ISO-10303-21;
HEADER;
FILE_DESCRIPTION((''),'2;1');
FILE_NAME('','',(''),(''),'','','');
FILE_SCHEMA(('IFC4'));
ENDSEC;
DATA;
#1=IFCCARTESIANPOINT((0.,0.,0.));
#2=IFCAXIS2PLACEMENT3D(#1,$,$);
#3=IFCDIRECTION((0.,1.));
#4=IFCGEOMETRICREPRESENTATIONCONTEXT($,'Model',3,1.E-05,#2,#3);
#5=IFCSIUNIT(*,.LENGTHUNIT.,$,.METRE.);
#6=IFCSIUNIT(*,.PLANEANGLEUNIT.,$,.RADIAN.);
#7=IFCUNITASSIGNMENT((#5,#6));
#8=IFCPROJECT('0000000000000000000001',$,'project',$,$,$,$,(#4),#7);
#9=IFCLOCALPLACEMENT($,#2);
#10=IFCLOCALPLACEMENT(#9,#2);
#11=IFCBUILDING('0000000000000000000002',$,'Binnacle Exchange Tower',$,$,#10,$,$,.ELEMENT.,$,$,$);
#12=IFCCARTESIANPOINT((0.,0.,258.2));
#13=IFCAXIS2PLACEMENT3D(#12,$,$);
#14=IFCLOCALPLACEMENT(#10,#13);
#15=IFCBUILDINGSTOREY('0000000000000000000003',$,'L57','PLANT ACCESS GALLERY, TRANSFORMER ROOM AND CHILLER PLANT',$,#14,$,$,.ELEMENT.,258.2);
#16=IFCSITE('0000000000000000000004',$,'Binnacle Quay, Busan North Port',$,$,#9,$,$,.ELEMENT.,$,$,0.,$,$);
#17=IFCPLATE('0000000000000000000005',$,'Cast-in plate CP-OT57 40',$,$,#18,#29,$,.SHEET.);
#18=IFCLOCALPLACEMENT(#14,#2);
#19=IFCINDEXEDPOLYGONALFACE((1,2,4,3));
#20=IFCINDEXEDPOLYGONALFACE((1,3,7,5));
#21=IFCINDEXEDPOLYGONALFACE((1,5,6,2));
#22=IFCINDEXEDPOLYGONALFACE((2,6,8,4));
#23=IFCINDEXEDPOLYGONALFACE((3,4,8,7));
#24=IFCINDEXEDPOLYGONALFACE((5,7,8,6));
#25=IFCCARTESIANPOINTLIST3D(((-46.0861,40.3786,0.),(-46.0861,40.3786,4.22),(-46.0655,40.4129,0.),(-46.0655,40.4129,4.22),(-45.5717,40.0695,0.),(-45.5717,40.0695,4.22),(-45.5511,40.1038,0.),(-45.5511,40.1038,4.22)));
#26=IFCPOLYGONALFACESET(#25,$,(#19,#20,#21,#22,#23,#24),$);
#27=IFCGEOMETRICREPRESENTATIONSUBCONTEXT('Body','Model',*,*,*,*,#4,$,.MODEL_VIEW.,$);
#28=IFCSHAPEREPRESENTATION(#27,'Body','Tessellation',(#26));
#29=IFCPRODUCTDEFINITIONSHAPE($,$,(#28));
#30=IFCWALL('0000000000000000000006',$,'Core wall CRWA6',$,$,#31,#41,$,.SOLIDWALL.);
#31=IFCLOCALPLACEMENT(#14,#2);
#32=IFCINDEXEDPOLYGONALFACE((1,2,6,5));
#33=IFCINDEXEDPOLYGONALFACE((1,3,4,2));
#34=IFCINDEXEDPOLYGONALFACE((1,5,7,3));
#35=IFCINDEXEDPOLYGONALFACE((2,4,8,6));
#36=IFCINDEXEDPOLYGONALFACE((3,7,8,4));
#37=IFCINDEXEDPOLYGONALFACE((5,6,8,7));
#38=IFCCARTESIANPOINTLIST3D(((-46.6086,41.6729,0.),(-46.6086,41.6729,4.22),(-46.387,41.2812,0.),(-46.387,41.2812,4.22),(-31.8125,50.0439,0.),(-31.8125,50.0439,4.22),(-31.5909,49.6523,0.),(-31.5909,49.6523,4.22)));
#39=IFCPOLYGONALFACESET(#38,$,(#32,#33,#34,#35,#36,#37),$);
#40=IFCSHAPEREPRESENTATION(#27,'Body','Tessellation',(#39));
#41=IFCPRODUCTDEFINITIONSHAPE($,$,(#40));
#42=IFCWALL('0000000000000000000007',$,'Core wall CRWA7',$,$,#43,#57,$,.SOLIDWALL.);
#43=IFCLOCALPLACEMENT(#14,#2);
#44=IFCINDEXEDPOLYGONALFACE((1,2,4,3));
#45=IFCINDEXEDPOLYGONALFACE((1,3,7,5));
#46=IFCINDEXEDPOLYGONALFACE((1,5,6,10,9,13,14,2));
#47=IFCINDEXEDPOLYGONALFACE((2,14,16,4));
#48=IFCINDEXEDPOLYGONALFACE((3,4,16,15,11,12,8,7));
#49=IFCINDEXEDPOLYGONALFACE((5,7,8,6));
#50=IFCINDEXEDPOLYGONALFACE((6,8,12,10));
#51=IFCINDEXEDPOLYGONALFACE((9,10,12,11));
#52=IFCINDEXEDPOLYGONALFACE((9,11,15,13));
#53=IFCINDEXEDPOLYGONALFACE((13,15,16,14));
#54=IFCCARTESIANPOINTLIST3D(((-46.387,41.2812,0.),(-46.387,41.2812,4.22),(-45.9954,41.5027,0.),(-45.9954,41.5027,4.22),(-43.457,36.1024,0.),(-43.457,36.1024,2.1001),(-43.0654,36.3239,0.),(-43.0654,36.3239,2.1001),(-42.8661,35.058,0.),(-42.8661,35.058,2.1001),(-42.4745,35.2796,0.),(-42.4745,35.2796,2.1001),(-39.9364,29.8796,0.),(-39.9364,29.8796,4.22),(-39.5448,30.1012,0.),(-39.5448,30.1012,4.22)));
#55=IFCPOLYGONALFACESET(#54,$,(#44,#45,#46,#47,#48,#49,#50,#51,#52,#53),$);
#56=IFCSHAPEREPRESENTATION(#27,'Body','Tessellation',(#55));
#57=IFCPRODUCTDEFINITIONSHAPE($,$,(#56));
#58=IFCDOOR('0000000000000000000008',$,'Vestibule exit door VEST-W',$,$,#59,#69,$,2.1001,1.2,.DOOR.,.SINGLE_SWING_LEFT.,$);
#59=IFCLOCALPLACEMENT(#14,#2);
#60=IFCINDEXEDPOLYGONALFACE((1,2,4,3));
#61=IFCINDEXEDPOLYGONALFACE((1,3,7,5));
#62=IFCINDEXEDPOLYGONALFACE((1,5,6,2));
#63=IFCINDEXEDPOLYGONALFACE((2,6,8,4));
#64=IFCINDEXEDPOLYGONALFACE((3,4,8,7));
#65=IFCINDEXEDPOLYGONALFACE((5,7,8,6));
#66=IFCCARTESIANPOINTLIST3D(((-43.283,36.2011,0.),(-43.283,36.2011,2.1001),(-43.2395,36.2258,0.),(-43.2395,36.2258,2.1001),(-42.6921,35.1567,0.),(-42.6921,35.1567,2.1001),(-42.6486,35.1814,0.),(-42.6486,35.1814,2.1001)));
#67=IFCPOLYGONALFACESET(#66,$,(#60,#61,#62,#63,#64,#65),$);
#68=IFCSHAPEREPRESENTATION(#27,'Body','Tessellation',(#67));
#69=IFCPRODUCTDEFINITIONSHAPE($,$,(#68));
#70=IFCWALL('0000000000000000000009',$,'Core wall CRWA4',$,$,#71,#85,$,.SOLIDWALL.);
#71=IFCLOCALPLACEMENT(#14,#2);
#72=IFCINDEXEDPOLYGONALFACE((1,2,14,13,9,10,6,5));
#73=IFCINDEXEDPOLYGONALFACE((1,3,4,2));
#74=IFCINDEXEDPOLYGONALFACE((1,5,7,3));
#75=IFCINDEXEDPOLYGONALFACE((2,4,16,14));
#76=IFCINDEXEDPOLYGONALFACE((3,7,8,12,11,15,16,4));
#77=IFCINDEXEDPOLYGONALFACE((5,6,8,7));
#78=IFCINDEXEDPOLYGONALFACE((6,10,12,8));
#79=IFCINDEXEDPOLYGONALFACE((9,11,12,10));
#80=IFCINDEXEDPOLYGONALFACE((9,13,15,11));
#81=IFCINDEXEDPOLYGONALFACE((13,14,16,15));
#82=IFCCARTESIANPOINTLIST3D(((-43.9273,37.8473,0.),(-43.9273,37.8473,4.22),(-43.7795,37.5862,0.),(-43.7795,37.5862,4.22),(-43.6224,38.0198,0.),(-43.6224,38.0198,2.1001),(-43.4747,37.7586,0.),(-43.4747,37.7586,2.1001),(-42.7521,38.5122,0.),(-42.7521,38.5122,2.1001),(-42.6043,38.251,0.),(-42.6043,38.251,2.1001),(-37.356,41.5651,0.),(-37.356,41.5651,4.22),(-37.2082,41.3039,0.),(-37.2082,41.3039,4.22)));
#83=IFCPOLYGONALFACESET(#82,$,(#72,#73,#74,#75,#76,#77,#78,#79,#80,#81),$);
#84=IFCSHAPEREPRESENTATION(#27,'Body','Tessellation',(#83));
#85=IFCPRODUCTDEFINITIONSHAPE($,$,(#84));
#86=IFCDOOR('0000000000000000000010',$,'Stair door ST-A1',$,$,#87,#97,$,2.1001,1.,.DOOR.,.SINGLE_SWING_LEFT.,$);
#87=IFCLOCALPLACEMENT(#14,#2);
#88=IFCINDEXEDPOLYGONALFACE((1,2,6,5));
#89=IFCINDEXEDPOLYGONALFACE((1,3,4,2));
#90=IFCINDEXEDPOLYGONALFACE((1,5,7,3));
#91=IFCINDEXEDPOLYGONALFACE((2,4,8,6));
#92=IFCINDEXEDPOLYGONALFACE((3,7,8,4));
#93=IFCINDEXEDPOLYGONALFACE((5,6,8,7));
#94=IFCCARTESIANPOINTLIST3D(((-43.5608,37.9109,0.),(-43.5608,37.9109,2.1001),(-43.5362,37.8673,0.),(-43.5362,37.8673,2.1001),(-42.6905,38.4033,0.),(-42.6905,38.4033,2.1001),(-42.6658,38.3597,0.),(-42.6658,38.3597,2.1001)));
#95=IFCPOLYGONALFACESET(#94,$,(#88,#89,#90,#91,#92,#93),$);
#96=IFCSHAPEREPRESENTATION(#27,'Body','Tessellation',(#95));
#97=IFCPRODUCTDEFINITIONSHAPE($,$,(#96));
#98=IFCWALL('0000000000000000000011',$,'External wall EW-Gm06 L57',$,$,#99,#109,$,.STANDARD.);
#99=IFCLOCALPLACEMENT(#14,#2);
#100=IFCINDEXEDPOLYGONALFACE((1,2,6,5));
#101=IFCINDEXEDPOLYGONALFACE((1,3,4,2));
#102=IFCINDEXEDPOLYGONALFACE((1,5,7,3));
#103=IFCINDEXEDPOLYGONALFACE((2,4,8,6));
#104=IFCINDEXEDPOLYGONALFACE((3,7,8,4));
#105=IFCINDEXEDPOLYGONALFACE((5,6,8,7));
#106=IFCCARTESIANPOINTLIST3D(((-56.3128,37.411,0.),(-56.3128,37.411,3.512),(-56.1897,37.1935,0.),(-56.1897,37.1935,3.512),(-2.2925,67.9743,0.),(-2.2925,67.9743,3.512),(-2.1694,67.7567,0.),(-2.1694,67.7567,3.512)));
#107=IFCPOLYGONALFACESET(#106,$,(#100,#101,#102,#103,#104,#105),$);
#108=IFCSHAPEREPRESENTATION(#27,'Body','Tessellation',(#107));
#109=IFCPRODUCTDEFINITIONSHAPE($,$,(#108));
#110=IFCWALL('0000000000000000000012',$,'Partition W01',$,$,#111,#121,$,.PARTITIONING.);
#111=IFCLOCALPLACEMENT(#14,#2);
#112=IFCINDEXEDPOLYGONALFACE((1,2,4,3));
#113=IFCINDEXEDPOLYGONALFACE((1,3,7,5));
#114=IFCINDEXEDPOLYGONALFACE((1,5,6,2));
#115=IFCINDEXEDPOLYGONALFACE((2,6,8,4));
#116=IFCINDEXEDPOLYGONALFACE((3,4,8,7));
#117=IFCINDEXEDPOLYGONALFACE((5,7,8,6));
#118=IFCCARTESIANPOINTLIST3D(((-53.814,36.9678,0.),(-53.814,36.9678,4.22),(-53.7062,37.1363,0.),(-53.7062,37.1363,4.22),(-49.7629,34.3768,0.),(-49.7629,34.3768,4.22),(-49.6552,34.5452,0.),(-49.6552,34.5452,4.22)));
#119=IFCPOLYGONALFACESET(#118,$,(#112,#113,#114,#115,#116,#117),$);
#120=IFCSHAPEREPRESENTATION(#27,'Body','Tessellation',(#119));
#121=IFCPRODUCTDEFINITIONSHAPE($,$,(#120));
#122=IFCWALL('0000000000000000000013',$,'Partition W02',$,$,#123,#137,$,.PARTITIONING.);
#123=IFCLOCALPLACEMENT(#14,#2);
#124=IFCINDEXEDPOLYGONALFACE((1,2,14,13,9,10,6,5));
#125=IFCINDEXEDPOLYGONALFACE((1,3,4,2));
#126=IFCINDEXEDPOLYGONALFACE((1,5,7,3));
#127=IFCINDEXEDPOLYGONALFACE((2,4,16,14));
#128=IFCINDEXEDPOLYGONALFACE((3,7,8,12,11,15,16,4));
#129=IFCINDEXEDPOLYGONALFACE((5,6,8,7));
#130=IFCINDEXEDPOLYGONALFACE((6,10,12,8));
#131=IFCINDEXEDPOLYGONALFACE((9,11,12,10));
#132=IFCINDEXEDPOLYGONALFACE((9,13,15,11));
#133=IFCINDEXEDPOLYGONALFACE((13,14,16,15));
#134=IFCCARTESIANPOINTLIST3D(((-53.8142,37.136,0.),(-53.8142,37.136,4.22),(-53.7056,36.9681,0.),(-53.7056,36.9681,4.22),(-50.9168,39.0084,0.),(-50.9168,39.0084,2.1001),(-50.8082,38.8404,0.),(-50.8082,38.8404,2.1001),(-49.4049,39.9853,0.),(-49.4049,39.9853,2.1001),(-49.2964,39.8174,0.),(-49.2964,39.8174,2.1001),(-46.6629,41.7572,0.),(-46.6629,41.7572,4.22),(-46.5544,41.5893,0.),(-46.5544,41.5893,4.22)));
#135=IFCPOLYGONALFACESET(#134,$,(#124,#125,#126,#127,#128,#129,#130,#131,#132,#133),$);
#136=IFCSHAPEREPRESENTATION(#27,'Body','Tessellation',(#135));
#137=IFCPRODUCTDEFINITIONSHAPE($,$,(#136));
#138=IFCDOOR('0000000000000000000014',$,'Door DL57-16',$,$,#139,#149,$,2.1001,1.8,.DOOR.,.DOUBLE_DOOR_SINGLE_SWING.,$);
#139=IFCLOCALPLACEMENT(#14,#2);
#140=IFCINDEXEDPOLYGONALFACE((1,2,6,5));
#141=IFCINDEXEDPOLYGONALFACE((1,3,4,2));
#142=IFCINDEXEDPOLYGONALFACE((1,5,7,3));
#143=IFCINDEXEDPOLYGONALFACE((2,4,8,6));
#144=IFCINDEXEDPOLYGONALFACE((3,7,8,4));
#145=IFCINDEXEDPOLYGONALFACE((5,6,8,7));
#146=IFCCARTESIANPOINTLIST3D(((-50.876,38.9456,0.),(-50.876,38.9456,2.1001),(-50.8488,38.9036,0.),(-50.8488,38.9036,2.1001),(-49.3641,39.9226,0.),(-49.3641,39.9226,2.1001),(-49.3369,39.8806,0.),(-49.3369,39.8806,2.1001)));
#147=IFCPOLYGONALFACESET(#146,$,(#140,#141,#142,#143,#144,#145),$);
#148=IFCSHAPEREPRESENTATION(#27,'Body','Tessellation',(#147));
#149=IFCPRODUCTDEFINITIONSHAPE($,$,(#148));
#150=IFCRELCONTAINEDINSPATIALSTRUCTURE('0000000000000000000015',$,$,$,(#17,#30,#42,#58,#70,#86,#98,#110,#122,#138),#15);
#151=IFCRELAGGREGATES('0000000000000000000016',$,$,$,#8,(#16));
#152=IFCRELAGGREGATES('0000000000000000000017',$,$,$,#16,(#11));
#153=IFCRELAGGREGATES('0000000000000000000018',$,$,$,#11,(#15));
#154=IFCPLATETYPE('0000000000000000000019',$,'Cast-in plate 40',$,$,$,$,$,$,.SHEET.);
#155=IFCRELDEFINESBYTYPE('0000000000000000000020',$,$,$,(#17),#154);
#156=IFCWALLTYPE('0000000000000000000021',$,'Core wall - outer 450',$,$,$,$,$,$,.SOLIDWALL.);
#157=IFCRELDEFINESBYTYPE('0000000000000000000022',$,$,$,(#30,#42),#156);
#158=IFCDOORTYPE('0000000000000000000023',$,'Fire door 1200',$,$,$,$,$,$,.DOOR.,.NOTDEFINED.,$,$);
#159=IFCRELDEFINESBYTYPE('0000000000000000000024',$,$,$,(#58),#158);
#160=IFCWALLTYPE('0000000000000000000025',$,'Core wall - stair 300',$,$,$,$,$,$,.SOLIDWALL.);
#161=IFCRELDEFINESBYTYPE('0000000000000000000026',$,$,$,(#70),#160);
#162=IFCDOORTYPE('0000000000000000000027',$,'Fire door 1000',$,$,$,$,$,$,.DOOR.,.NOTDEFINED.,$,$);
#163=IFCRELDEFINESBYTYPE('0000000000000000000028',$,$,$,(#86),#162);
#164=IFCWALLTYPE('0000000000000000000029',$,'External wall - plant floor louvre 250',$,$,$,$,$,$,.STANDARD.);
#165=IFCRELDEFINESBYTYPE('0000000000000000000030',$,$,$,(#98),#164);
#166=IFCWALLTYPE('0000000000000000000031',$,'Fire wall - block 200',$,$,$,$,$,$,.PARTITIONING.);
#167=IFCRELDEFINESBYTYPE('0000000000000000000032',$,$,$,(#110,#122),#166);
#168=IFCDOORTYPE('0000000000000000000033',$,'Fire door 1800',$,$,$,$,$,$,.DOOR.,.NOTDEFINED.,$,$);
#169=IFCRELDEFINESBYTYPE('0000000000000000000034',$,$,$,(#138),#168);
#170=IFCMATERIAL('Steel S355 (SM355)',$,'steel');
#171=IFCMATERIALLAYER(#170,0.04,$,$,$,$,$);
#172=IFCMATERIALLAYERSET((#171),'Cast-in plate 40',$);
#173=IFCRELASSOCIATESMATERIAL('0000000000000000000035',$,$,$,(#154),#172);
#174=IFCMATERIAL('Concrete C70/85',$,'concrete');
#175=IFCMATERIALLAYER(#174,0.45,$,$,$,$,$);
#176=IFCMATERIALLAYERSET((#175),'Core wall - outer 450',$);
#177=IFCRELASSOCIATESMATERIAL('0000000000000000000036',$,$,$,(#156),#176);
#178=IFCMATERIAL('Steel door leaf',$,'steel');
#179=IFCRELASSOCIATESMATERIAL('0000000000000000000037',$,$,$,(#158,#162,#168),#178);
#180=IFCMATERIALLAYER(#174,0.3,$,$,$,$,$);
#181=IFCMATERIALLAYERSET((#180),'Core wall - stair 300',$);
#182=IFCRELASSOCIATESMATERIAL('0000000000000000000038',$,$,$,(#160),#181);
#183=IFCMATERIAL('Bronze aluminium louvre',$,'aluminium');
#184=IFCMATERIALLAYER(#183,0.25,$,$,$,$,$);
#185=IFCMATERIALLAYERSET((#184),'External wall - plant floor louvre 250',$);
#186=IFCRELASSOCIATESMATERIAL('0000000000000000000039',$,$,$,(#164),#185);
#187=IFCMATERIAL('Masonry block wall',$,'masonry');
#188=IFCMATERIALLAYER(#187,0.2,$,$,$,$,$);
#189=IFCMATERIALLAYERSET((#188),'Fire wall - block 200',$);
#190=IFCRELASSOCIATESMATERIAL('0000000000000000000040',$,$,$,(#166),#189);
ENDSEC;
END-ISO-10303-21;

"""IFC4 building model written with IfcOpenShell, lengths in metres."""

from ifc_helpers import new_model, si_unit, direction, frame, frame_2d, origin, origin_2d, place, context, subcontext, project, spatial, rectangle, extrude, material, layer, layer_set, type_object, element, fill, save


model = new_model("IFC4")

# Units and contexts
model_context = context("Model", 3, precision=1e-05, world=origin(), true_north=direction((0.0, 1.0)))
body_context = subcontext(model_context, "Body", "Model", "MODEL_VIEW")
ifc_project = project(units=[si_unit("LENGTHUNIT", "METRE"), si_unit("PLANEANGLEUNIT", "RADIAN")], contexts=[model_context])

# Site, building, storey
site_placement = place(None, origin())
site = spatial("IfcSite", under=ifc_project, at=site_placement, Name="Binnacle Quay, Busan North Port", CompositionType="ELEMENT", RefElevation=0.0)
building_placement = place(site_placement, origin())
building = spatial("IfcBuilding", under=site, at=building_placement, Name="Binnacle Exchange Tower", CompositionType="ELEMENT")
storey_placement = place(building_placement, frame((0.0, 0.0, 258.2)))
storey = spatial("IfcBuildingStorey", under=building, at=storey_placement, Name="L57", Description="PLANT ACCESS GALLERY, TRANSFORMER ROOM AND CHILLER PLANT", CompositionType="ELEMENT", Elevation=258.2)

# Plate
ifc_material_1 = material(Name="Steel S355 (SM355)", Category="steel")
ifc_layer_1 = layer(ifc_material_1, 0.04)
ifc_layer_set_1 = layer_set([ifc_layer_1], Name="Cast-in plate 40")
plate_type = type_object("IfcPlateType", Name="Cast-in plate 40", PredefinedType="SHEET", material=ifc_layer_set_1)
plate_placement = place(storey_placement, frame((-45.8186, 40.2412, 0.0), z_axis=(0.0, 0.0, 1.0), x_axis=(0.515038, 0.857167, 0.0)))
element("IfcPlate", 1, at=plate_placement, inside=storey, type_object=plate_type, Name="Cast-in plate CP-OT57 40", PredefinedType="SHEET", context=body_context, shape_type="SweptSolid", body=[
    extrude(rectangle(XDim=0.04, YDim=0.6001, at=origin_2d()), origin(), (0.0, 0.0, 1.0), 4.22),
])

# Wall
ifc_material_2 = material(Name="Concrete C70/85", Category="concrete")
ifc_layer_2 = layer(ifc_material_2, 0.45)
ifc_layer_set_2 = layer_set([ifc_layer_2], Name="Core wall - outer 450")
wall_type_1 = type_object("IfcWallType", Name="Core wall - outer 450", PredefinedType="SOLIDWALL", material=ifc_layer_set_2)
wall_1_placement = place(storey_placement, frame((-46.4978, 41.4771, 0.0), z_axis=(0.0, 0.0, 1.0), x_axis=(0.87036, 0.492416, 0.0)))
element("IfcWall", 2, at=wall_1_placement, inside=storey, type_object=wall_type_1, Name="Core wall CRWA6", PredefinedType="SOLIDWALL", context=body_context, shape_type="SweptSolid", body=[
    extrude(rectangle(XDim=17.0, YDim=0.45, at=frame_2d((8.5, 0.0))), origin(), (0.0, 0.0, 1.0), 4.22),
])

# Walls, openings, doors
wall_2_placement = place(storey_placement, frame((-46.1912, 41.3918, 0.0), z_axis=(0.0, 0.0, 1.0), x_axis=(0.492421, -0.870357, 0.0)))
wall_2 = element("IfcWall", 3, at=wall_2_placement, inside=storey, type_object=wall_type_1, Name="Core wall CRWA7", PredefinedType="SOLIDWALL", context=body_context, shape_type="SweptSolid", body=[
    extrude(rectangle(XDim=13.0999, YDim=0.45, at=frame_2d((6.5498, 0.0))), origin(), (0.0, 0.0, 1.0), 4.22),
])
opening_1_placement = place(wall_2_placement, frame((5.95, 0.0, 0.0)))
opening_1 = element("IfcOpeningElement", 4, at=opening_1_placement, cuts=wall_2, PredefinedType="OPENING", context=body_context, shape_type="SweptSolid", body=[
    extrude(rectangle(XDim=1.2, YDim=2.1001, at=frame_2d((0.6001, 1.05))), frame((0.0, 0.2349, 0.0), z_axis=(0.0, -1.0, 0.0), x_axis=(1.0, 0.0, 0.0)), (0.0, 0.0, 1.0), 0.47),
])
ifc_material_3 = material(Name="Steel door leaf", Category="steel")
door_type_1 = type_object("IfcDoorType", Name="Fire door 1200", OperationType="NOTDEFINED", PredefinedType="DOOR", material=ifc_material_3)
door_1_placement = place(opening_1_placement, frame((1.2, 0.0, 0.0), z_axis=(0.0, 0.0, 1.0), x_axis=(-1.0, 0.0, 0.0)))
door_1 = element("IfcDoor", 5, at=door_1_placement, inside=storey, type_object=door_type_1, Name="Vestibule exit door VEST-W", OperationType="SINGLE_SWING_LEFT", OverallHeight=2.1001, OverallWidth=1.2, PredefinedType="DOOR", context=body_context, shape_type="SweptSolid", body=[
    extrude(rectangle(XDim=1.2, YDim=2.1001, at=frame_2d((0.6001, 1.05))), frame((0.0, 0.0249, 0.0), z_axis=(0.0, -1.0, 0.0), x_axis=(1.0, 0.0, 0.0)), (0.0, 0.0, 1.0), 0.05),
])
fill(opening_1, door_1)
ifc_layer_3 = layer(ifc_material_2, 0.3)
ifc_layer_set_3 = layer_set([ifc_layer_3], Name="Core wall - stair 300")
wall_type_2 = type_object("IfcWallType", Name="Core wall - stair 300", PredefinedType="SOLIDWALL", material=ifc_layer_set_3)
wall_3_placement = place(storey_placement, frame((-43.8533, 37.7168, 0.0), z_axis=(0.0, 0.0, 1.0), x_axis=(0.87036, 0.492415, 0.0)))
wall_3 = element("IfcWall", 6, at=wall_3_placement, inside=storey, type_object=wall_type_2, Name="Core wall CRWA4", PredefinedType="SOLIDWALL", context=body_context, shape_type="SweptSolid", body=[
    extrude(rectangle(XDim=7.55, YDim=0.3, at=frame_2d((3.7749, 0.0))), origin(), (0.0, 0.0, 1.0), 4.22),
])
opening_2_placement = place(wall_3_placement, frame((0.3501, 0.0, 0.0)))
opening_2 = element("IfcOpeningElement", 7, at=opening_2_placement, cuts=wall_3, PredefinedType="OPENING", context=body_context, shape_type="SweptSolid", body=[
    extrude(rectangle(XDim=1.0, YDim=2.1001, at=frame_2d((0.5, 1.05))), frame((0.0, 0.1599, 0.0), z_axis=(0.0, -1.0, 0.0), x_axis=(1.0, 0.0, 0.0)), (0.0, 0.0, 1.0), 0.3201),
])
door_type_2 = type_object("IfcDoorType", Name="Fire door 1000", OperationType="NOTDEFINED", PredefinedType="DOOR", material=ifc_material_3)
door_2_placement = place(opening_2_placement, origin())
door_2 = element("IfcDoor", 8, at=door_2_placement, inside=storey, type_object=door_type_2, Name="Stair door ST-A1", OperationType="SINGLE_SWING_LEFT", OverallHeight=2.1001, OverallWidth=1.0, PredefinedType="DOOR", context=body_context, shape_type="SweptSolid", body=[
    extrude(rectangle(XDim=1.0, YDim=2.1001, at=frame_2d((0.5, 1.05))), frame((0.0, 0.0249, 0.0), z_axis=(0.0, -1.0, 0.0), x_axis=(1.0, 0.0, 0.0)), (0.0, 0.0, 1.0), 0.05),
])
fill(opening_2, door_2)

# Walls
ifc_material_4 = material(Name="Bronze aluminium louvre", Category="aluminium")
ifc_layer_4 = layer(ifc_material_4, 0.25)
ifc_layer_set_4 = layer_set([ifc_layer_4], Name="External wall - plant floor louvre 250")
wall_type_3 = type_object("IfcWallType", Name="External wall - plant floor louvre 250", PredefinedType="STANDARD", material=ifc_layer_set_4)
wall_4_placement = place(storey_placement, frame((-56.2512, 37.3022, 0.0), z_axis=(0.0, 0.0, 1.0), x_axis=(0.870355, 0.492424, 0.0)))
element("IfcWall", 9, at=wall_4_placement, inside=storey, type_object=wall_type_3, Name="External wall EW-Gm06 L57", PredefinedType="STANDARD", context=body_context, shape_type="SweptSolid", body=[
    extrude(rectangle(XDim=62.0669, YDim=0.25, at=frame_2d((31.0334, 0.0))), origin(), (0.0, 0.0, 1.0), 3.512),
])
ifc_material_5 = material(Name="Masonry block wall", Category="masonry")
ifc_layer_5 = layer(ifc_material_5, 0.2)
ifc_layer_set_5 = layer_set([ifc_layer_5], Name="Fire wall - block 200")
wall_type_4 = type_object("IfcWallType", Name="Fire wall - block 200", PredefinedType="PARTITIONING", material=ifc_layer_set_5)
wall_5_placement = place(storey_placement, frame((-53.76, 37.052, 0.0), z_axis=(0.0, 0.0, 1.0), x_axis=(0.842422, -0.538819, 0.0)))
element("IfcWall", 10, at=wall_5_placement, inside=storey, type_object=wall_type_4, Name="Partition W01", PredefinedType="PARTITIONING", context=body_context, shape_type="SweptSolid", body=[
    extrude(rectangle(XDim=4.8088, YDim=0.2, at=frame_2d((2.4043, 0.0))), origin(), (0.0, 0.0, 1.0), 4.22),
])

# Wall, opening, door
wall_6_placement = place(storey_placement, frame((-53.76, 37.052, 0.0), z_axis=(0.0, 0.0, 1.0), x_axis=(0.839897, 0.542746, 0.0)))
wall_6 = element("IfcWall", 11, at=wall_6_placement, inside=storey, type_object=wall_type_4, Name="Partition W02", PredefinedType="PARTITIONING", context=body_context, shape_type="SweptSolid", body=[
    extrude(rectangle(XDim=8.5144, YDim=0.2, at=frame_2d((4.2573, 0.0))), origin(), (0.0, 0.0, 1.0), 4.22),
])
opening_3_placement = place(wall_6_placement, frame((3.45, 0.0, 0.0)))
opening_3 = element("IfcOpeningElement", 12, at=opening_3_placement, cuts=wall_6, PredefinedType="OPENING", context=body_context, shape_type="SweptSolid", body=[
    extrude(rectangle(XDim=1.8, YDim=2.1001, at=frame_2d((0.8999, 1.05))), frame((0.0, 0.1099, 0.0), z_axis=(0.0, -1.0, 0.0), x_axis=(1.0, 0.0, 0.0)), (0.0, 0.0, 1.0), 0.22),
])
door_type_3 = type_object("IfcDoorType", Name="Fire door 1800", OperationType="NOTDEFINED", PredefinedType="DOOR", material=ifc_material_3)
door_3_placement = place(opening_3_placement, frame((1.8, 0.0, 0.0), z_axis=(0.0, 0.0, 1.0), x_axis=(-1.0, 0.0, 0.0)))
door_3 = element("IfcDoor", 13, at=door_3_placement, inside=storey, type_object=door_type_3, Name="Door DL57-16", OperationType="DOUBLE_DOOR_SINGLE_SWING", OverallHeight=2.1001, OverallWidth=1.8, PredefinedType="DOOR", context=body_context, shape_type="SweptSolid", body=[
    extrude(rectangle(XDim=1.8, YDim=2.1001, at=frame_2d((0.8999, 1.05))), frame((0.0, 0.0249, 0.0), z_axis=(0.0, -1.0, 0.0), x_axis=(1.0, 0.0, 0.0)), (0.0, 0.0, 1.0), 0.05),
])
fill(opening_3, door_3)

save(model, "model.ifc")
